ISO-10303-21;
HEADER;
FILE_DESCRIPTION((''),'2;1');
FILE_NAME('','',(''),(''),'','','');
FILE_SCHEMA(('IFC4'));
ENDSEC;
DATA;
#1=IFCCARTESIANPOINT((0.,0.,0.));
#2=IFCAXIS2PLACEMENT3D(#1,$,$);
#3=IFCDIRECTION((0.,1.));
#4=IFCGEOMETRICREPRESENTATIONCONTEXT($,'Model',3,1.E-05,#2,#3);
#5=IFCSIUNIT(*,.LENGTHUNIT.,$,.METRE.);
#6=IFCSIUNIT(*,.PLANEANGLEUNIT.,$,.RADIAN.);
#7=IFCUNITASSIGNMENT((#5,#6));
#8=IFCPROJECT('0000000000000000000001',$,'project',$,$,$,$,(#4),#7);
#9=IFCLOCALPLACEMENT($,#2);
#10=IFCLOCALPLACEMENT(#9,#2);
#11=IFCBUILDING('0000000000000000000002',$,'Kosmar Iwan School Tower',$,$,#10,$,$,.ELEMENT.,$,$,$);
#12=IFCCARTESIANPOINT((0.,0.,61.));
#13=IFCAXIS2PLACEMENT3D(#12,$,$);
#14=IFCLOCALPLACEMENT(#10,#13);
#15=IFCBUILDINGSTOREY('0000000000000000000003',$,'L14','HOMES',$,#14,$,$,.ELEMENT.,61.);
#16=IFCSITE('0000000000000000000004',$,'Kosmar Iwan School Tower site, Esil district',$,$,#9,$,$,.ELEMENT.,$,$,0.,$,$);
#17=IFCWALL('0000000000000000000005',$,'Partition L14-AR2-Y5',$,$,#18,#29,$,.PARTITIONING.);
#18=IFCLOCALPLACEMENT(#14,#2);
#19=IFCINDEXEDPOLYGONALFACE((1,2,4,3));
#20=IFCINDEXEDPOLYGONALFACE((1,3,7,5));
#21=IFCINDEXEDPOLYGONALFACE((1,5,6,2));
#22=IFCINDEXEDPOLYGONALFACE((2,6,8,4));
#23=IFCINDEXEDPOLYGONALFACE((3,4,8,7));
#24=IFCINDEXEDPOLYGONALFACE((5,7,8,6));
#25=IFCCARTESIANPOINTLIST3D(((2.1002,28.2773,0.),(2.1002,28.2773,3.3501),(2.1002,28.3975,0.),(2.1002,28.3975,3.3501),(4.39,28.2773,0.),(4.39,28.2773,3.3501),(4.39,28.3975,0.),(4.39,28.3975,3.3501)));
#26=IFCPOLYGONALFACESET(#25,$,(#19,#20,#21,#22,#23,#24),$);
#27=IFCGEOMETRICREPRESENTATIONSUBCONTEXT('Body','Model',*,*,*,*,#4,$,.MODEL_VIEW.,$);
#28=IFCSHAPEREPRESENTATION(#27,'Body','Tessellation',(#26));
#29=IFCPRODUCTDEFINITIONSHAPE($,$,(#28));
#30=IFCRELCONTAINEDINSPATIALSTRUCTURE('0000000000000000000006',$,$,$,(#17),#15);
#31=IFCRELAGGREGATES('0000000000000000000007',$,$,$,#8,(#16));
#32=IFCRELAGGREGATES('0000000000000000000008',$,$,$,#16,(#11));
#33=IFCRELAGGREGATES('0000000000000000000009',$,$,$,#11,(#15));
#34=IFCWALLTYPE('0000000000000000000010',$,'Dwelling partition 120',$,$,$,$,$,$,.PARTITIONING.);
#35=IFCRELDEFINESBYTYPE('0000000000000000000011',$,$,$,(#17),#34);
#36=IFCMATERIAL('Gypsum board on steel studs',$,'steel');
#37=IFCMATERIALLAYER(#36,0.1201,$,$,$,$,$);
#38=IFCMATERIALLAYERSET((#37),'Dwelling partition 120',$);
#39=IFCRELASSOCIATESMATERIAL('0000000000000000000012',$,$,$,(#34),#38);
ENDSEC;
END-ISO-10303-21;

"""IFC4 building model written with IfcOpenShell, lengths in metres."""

from ifc_helpers import new_model, si_unit, direction, frame, frame_2d, origin, place, context, subcontext, project, spatial, rectangle, extrude, material, layer, layer_set, type_object, element, save


model = new_model("IFC4")

# Units and contexts
model_context = context("Model", 3, precision=1e-05, world=origin(), true_north=direction((0.0, 1.0)))
body_context = subcontext(model_context, "Body", "Model", "MODEL_VIEW")
ifc_project = project(units=[si_unit("LENGTHUNIT", "METRE"), si_unit("PLANEANGLEUNIT", "RADIAN")], contexts=[model_context])

# Site, building, storey
site_placement = place(None, origin())
site = spatial("IfcSite", under=ifc_project, at=site_placement, Name="Kosmar Iwan School Tower site, Esil district", CompositionType="ELEMENT", RefElevation=0.0)
building_placement = place(site_placement, origin())
building = spatial("IfcBuilding", under=site, at=building_placement, Name="Kosmar Iwan School Tower", CompositionType="ELEMENT")
storey_placement = place(building_placement, frame((0.0, 0.0, 61.0)))
storey = spatial("IfcBuildingStorey", under=building, at=storey_placement, Name="L14", Description="HOMES", CompositionType="ELEMENT", Elevation=61.0)

# Wall
ifc_material_1 = material(Name="Gypsum board on steel studs", Category="steel")
ifc_layer_1 = layer(ifc_material_1, 0.1201)
ifc_layer_set_1 = layer_set([ifc_layer_1], Name="Dwelling partition 120")
wall_type_1 = type_object("IfcWallType", Name="Dwelling partition 120", PredefinedType="PARTITIONING", material=ifc_layer_set_1)
for number, where, z_axis, x_axis, name in (
    (1, (2.1001, 28.3374, 0.0), (0.0, 0.0, 1.0), (1.0, 0.0, 0.0), "Partition L14-AR2-Y5"),
):
    element("IfcWall", number, at=place(storey_placement, frame(where, z_axis=z_axis, x_axis=x_axis)), inside=storey, type_object=wall_type_1, Name=name, PredefinedType="PARTITIONING", context=body_context, shape_type="SweptSolid", body=[
        extrude(rectangle(XDim=2.2898, YDim=0.1201, at=frame_2d((1.145, 0.0))), origin(), (0.0, 0.0, 1.0), 3.3501),
    ])

save(model, "model.ifc")
